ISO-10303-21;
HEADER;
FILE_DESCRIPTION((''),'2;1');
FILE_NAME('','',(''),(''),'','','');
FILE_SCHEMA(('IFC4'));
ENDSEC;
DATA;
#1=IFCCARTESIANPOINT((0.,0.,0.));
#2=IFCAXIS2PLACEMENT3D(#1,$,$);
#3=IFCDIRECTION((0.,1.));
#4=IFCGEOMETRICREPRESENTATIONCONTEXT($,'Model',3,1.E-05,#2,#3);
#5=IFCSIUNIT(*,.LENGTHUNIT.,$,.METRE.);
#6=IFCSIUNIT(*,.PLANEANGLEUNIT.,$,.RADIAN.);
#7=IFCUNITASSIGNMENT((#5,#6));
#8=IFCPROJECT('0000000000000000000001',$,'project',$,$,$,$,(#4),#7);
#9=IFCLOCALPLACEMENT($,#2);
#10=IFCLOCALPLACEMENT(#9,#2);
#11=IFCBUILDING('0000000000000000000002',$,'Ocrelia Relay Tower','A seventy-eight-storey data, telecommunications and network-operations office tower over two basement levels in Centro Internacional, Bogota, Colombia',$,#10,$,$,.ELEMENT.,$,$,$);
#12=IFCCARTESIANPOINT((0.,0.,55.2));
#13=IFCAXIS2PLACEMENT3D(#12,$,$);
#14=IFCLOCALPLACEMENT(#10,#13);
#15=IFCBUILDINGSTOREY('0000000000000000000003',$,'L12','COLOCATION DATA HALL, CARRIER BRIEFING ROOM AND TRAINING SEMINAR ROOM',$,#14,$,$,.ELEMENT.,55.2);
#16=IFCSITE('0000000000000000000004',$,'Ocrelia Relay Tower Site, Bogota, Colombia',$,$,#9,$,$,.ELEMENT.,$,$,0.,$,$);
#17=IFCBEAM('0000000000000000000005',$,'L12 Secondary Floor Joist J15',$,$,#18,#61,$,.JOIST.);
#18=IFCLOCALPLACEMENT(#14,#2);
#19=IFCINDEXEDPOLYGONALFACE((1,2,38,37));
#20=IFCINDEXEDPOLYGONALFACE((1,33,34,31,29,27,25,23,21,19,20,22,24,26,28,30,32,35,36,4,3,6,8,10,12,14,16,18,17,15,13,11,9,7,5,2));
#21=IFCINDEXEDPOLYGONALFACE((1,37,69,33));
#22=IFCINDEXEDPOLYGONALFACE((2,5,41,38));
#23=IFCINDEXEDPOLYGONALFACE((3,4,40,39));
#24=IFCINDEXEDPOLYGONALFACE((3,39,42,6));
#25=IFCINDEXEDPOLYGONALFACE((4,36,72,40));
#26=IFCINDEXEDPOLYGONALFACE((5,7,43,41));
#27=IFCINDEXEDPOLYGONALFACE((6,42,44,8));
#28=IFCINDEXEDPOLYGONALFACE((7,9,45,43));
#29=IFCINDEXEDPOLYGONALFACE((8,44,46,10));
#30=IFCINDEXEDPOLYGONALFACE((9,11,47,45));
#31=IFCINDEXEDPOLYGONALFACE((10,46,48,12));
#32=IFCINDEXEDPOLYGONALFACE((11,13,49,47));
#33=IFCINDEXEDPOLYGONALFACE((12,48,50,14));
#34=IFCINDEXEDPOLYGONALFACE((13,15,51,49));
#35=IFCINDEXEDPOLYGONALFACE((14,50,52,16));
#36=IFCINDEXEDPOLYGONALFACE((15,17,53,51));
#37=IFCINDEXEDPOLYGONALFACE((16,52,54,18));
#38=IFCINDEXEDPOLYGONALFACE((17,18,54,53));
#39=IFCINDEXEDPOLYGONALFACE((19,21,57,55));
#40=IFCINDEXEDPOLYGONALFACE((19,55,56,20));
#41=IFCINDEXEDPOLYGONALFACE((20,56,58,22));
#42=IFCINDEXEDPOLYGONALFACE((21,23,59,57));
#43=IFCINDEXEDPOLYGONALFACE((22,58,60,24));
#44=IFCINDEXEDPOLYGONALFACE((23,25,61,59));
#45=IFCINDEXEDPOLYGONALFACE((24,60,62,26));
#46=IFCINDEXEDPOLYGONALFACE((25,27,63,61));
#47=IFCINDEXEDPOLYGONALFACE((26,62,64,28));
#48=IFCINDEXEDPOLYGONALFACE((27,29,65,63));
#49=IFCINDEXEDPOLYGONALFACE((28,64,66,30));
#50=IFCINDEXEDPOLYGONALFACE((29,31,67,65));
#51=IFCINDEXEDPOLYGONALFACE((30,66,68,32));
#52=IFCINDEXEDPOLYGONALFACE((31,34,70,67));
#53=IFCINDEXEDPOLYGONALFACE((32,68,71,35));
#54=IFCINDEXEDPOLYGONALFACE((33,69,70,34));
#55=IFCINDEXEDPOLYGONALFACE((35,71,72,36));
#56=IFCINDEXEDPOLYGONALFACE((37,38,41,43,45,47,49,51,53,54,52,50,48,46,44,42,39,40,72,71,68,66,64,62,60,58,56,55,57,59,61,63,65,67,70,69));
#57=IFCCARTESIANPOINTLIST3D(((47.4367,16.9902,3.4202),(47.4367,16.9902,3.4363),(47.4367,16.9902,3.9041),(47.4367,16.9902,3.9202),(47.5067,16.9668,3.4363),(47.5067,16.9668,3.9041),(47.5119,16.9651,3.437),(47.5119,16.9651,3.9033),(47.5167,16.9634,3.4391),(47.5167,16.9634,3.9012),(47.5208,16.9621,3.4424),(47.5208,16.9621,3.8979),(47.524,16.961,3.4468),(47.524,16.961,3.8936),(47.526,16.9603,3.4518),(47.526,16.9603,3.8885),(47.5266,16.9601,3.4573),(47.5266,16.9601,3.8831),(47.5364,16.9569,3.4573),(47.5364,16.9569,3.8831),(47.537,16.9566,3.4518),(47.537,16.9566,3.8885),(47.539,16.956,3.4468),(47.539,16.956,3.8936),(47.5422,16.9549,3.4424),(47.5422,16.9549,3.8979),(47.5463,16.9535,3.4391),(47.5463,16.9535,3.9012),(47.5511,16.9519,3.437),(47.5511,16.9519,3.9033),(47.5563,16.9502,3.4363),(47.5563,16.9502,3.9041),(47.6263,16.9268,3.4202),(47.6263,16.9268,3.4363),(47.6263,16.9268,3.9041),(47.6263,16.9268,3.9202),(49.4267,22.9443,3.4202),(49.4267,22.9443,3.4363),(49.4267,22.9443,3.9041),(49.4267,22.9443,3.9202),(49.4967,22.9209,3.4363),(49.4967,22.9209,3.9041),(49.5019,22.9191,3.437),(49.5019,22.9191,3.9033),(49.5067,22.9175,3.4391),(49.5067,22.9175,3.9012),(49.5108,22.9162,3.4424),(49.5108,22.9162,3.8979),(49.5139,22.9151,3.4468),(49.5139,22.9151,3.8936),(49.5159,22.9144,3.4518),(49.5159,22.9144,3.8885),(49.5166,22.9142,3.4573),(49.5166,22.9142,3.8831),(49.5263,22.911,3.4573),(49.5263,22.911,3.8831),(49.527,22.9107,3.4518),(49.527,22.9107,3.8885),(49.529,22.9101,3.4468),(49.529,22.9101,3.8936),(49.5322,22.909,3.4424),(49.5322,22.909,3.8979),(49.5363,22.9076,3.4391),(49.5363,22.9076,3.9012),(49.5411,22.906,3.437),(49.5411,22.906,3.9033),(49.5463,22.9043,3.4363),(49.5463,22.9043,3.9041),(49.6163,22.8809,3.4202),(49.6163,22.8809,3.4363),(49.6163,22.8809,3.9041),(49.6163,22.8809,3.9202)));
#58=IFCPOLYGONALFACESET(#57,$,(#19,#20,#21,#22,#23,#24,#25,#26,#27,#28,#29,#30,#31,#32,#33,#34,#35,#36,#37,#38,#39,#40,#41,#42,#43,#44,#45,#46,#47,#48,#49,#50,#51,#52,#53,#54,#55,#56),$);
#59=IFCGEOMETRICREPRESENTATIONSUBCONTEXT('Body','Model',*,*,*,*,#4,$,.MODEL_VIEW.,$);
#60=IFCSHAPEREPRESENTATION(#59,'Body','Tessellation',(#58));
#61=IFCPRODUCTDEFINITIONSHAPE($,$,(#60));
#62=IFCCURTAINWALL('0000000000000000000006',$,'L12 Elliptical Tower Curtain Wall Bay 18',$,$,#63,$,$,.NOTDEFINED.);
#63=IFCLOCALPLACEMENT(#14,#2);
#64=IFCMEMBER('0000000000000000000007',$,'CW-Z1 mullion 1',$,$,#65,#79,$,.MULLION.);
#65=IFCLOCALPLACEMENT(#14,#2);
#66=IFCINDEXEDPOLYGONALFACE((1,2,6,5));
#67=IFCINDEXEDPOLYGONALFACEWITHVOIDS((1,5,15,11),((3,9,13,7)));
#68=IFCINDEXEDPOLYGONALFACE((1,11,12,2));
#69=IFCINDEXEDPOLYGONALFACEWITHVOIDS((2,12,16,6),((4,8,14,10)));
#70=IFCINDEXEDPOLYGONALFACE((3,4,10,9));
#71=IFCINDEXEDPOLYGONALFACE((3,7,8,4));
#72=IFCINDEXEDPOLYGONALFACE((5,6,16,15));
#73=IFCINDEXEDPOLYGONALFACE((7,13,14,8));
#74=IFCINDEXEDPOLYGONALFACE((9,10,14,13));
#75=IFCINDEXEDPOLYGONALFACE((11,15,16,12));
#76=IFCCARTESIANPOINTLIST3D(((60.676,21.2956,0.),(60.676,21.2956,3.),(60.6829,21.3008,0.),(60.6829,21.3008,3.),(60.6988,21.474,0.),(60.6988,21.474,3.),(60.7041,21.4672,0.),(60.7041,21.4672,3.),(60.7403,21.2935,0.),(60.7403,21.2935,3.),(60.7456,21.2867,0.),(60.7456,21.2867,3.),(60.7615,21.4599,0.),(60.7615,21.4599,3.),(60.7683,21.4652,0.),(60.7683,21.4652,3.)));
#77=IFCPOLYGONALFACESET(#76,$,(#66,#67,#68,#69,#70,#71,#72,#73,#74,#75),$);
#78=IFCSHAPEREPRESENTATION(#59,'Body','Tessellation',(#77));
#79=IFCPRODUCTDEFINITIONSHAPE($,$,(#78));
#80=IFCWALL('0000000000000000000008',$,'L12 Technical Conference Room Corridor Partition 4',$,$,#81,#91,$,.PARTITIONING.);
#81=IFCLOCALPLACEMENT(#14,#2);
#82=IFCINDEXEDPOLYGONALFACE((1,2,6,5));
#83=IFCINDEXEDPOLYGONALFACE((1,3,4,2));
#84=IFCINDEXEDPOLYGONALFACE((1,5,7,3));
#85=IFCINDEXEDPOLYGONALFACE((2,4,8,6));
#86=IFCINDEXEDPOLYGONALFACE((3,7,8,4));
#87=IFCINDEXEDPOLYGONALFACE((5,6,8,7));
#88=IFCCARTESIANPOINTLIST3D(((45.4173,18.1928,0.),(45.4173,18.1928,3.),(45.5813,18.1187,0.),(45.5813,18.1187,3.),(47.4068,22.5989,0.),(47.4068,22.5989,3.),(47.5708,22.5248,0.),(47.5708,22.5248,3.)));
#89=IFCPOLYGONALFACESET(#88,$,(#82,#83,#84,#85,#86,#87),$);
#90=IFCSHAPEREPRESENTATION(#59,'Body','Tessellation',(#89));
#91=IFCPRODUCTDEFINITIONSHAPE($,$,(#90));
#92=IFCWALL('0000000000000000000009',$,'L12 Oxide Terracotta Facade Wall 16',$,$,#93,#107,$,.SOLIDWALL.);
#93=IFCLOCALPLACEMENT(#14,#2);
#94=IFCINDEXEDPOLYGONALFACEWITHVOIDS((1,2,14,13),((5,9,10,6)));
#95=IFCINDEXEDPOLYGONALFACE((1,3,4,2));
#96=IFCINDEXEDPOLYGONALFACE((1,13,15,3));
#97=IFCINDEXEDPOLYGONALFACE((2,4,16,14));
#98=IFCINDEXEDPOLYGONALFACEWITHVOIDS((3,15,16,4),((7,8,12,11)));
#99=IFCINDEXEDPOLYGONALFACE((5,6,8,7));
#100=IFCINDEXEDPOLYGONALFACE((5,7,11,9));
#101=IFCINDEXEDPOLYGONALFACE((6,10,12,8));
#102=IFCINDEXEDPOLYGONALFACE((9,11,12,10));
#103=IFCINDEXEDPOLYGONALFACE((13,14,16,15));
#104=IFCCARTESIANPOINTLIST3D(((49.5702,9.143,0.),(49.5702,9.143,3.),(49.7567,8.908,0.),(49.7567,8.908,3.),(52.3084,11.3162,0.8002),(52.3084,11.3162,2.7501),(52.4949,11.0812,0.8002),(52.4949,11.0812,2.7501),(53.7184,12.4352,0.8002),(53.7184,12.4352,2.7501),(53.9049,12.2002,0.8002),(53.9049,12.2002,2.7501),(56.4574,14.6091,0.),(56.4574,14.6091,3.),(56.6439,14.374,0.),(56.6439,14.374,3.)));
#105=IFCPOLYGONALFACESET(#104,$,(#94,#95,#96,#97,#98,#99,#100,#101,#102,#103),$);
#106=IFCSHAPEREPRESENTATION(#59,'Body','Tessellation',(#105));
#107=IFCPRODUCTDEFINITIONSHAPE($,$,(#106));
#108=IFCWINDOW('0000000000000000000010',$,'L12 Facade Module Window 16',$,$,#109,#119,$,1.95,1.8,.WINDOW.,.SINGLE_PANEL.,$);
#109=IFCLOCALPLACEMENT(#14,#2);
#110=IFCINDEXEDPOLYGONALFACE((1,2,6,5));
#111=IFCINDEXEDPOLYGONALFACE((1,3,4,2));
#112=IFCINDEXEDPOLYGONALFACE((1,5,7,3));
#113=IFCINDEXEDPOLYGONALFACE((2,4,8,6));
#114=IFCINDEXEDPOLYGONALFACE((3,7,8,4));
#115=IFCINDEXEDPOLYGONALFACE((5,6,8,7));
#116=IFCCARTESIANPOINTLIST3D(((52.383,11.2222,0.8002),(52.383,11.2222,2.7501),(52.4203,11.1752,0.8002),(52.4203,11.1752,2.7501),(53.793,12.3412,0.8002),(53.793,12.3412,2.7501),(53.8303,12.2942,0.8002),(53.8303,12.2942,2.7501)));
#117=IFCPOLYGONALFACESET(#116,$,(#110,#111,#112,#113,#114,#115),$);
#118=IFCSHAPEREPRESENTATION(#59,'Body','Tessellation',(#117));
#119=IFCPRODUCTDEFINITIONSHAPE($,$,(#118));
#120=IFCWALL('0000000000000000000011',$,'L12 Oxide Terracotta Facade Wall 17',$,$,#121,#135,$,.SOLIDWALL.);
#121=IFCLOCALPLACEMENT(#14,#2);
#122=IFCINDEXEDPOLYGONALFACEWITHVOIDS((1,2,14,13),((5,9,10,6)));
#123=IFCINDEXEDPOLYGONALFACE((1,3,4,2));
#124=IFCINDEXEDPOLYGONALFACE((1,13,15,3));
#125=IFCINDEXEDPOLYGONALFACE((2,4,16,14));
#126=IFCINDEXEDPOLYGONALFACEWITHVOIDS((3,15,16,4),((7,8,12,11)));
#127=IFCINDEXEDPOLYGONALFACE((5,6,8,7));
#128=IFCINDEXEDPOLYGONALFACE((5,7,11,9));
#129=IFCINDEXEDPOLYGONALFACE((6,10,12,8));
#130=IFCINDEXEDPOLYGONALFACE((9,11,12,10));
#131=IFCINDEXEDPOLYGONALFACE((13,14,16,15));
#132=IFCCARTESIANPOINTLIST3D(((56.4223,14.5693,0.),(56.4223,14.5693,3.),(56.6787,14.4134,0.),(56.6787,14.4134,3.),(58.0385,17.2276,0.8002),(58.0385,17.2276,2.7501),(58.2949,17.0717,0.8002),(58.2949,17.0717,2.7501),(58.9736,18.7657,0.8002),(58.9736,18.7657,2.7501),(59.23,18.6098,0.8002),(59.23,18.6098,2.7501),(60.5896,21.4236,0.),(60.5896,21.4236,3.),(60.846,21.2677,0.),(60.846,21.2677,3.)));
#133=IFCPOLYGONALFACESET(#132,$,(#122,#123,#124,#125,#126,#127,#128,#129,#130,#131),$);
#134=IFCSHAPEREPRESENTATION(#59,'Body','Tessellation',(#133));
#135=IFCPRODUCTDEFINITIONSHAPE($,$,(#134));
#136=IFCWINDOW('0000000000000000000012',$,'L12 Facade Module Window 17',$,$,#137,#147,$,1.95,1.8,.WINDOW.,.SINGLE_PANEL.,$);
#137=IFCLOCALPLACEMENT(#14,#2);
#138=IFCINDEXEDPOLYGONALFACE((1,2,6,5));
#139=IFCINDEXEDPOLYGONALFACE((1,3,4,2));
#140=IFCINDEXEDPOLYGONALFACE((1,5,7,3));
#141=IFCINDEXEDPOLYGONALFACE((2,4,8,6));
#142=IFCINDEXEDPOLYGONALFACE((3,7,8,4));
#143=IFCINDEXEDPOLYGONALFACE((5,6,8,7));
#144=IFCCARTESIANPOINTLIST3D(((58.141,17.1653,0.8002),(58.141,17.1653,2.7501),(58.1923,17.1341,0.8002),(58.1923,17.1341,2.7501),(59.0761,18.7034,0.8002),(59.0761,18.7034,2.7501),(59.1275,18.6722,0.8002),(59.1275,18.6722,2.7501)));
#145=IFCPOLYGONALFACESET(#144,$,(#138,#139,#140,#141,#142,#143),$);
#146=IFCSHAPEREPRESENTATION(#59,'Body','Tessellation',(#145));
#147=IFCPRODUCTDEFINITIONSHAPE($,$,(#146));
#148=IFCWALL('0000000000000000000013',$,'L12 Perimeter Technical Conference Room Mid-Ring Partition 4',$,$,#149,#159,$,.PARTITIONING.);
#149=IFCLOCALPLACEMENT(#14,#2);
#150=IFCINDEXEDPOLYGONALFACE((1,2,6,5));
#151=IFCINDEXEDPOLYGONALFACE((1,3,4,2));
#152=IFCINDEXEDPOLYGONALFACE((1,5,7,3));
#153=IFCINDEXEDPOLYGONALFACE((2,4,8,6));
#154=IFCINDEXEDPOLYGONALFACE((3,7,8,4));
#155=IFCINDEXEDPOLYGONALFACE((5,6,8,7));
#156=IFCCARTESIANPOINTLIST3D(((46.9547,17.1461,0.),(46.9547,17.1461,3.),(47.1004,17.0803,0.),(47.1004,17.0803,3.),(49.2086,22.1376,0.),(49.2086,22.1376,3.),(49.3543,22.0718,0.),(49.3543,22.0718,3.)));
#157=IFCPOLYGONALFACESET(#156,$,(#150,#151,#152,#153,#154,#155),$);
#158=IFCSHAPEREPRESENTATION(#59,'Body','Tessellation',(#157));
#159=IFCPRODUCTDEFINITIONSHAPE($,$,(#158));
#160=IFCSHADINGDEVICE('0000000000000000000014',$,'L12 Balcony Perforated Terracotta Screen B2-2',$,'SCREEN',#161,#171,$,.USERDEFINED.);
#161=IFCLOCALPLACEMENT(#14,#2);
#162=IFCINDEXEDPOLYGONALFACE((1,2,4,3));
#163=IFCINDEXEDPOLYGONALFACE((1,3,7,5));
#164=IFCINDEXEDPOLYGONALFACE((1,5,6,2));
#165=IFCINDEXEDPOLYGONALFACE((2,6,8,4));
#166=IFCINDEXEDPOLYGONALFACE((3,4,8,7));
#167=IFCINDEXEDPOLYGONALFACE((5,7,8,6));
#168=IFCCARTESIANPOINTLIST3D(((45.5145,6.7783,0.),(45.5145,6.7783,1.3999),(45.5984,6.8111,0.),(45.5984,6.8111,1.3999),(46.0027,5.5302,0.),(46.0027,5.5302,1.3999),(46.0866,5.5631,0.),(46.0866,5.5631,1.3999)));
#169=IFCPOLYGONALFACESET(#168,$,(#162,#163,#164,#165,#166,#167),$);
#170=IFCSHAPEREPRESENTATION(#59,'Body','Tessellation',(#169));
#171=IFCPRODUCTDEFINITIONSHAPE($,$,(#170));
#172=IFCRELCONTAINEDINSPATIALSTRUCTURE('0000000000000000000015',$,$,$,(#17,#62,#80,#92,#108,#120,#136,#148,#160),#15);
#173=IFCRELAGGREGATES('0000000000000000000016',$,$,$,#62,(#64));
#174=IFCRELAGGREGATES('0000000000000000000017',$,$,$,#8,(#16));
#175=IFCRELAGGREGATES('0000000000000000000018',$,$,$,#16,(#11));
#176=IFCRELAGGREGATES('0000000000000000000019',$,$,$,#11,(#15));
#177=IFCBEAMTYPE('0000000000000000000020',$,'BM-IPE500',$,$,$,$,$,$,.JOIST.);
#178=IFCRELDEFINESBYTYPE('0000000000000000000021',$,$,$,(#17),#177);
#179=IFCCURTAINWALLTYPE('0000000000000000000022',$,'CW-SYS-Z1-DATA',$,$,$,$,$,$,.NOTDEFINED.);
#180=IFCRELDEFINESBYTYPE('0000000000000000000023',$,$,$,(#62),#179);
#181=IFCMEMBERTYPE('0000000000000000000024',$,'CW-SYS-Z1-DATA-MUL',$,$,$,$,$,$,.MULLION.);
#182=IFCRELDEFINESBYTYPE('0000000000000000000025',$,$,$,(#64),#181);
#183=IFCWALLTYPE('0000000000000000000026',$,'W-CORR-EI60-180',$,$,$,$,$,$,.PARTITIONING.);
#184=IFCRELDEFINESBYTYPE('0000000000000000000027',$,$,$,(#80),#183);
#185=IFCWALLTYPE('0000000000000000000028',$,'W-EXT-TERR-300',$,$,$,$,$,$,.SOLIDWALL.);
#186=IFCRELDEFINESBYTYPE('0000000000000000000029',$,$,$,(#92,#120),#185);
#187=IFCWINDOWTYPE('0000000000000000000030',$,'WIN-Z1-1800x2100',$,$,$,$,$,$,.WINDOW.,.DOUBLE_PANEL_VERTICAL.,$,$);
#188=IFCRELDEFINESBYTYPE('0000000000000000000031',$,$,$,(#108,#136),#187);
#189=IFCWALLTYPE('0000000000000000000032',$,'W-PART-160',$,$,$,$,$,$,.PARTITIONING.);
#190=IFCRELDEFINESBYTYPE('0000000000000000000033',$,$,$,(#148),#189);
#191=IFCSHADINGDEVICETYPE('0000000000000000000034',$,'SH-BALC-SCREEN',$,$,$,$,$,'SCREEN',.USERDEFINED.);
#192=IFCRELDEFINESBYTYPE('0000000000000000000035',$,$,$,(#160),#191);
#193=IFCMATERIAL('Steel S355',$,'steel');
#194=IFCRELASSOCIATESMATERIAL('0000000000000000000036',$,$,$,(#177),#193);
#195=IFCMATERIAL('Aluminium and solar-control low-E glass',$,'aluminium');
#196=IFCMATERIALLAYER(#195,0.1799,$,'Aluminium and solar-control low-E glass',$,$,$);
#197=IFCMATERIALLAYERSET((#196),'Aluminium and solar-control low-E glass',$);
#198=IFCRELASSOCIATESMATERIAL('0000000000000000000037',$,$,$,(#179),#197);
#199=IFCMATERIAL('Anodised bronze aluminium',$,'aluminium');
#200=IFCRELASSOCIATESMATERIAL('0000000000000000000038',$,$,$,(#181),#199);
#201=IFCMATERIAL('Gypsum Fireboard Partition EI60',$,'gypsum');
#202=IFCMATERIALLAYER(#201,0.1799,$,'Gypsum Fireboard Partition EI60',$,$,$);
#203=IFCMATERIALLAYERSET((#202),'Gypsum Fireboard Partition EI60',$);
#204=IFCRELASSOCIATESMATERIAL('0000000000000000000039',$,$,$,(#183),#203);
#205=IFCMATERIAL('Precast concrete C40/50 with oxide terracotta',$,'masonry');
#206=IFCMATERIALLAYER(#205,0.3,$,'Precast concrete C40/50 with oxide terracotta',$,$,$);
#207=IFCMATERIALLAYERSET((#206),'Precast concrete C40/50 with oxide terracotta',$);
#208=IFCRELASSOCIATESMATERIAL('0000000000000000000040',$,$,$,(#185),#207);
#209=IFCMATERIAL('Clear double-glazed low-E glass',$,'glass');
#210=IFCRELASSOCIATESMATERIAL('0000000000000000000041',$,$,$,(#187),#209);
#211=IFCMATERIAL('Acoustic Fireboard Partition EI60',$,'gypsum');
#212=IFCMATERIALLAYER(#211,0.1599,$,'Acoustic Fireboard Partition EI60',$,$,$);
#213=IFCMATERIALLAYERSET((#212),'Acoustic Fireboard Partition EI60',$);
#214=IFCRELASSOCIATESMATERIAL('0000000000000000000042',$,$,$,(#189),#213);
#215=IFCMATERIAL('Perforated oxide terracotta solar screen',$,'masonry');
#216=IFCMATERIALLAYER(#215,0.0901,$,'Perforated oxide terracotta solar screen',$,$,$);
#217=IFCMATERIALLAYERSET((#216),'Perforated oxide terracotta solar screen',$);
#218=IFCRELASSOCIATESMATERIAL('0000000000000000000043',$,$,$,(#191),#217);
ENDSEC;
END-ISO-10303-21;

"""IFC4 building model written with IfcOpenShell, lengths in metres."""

from ifc_helpers import new_model, si_unit, direction, frame, frame_2d, origin, origin_2d, place, context, subcontext, project, spatial, rectangle, hollow_rectangle, i_section, extrude, material, layer, layer_set, material_profile, profile_set, type_object, element, fill, aggregate, save


model = new_model("IFC4")

# Units and contexts
model_context = context("Model", 3, precision=1e-05, world=origin(), true_north=direction((0.0, 1.0)))
body_context = subcontext(model_context, "Body", "Model", "MODEL_VIEW")
ifc_project = project(units=[si_unit("LENGTHUNIT", "METRE"), si_unit("PLANEANGLEUNIT", "RADIAN")], contexts=[model_context])

# Site, building, storey
site_placement = place(None, origin())
site = spatial("IfcSite", under=ifc_project, at=site_placement, Name="Ocrelia Relay Tower Site, Bogota, Colombia", CompositionType="ELEMENT", RefElevation=0.0)
building_placement = place(site_placement, origin())
building = spatial("IfcBuilding", under=site, at=building_placement, Name="Ocrelia Relay Tower", Description="A seventy-eight-storey data, telecommunications and network-operations office tower over two basement levels in Centro Internacional, Bogota, Colombia", CompositionType="ELEMENT")
storey_placement = place(building_placement, frame((0.0, 0.0, 55.2)))
storey = spatial("IfcBuildingStorey", under=building, at=storey_placement, Name="L12", Description="COLOCATION DATA HALL, CARRIER BRIEFING ROOM AND TRAINING SEMINAR ROOM", CompositionType="ELEMENT", Elevation=55.2)

# Beam
ifc_material_1 = material(Name="Steel S355", Category="steel")
ifc_material_profile_1 = material_profile(ifc_material_1, i_section(OverallWidth=0.2, OverallDepth=0.5, WebThickness=0.0103, FlangeThickness=0.0161, FilletRadius=0.021, at=origin_2d()), Name="IPE 500")
ifc_profile_set_1 = profile_set([ifc_material_profile_1], Name="Steel S355")
beam_type_1 = type_object("IfcBeamType", Name="BM-IPE500", PredefinedType="JOIST", material=ifc_profile_set_1)
beam_1_placement = place(storey_placement, frame((47.5315, 16.9585, 3.6702), z_axis=(0.316986, 0.94843, 0.0), x_axis=(-0.94843, 0.316986, 0.0)))
element("IfcBeam", 1, at=beam_1_placement, inside=storey, type_object=beam_type_1, Name="L12 Secondary Floor Joist J15", PredefinedType="JOIST", context=body_context, shape_type="SweptSolid", body=[
    extrude(i_section(OverallWidth=0.2, OverallDepth=0.5, WebThickness=0.0103, FlangeThickness=0.0161, FilletRadius=0.021, at=origin_2d()), origin(), (0.0, 0.0, 1.0), 6.2778),
])

# Curtain wall, member
ifc_material_2 = material(Name="Aluminium and solar-control low-E glass", Category="aluminium")
ifc_layer_1 = layer(ifc_material_2, 0.1799, Name="Aluminium and solar-control low-E glass")
ifc_layer_set_1 = layer_set([ifc_layer_1], Name="Aluminium and solar-control low-E glass")
curtain_wall_type = type_object("IfcCurtainWallType", Name="CW-SYS-Z1-DATA", PredefinedType="NOTDEFINED", material=ifc_layer_set_1)
curtain_wall_placement = place(storey_placement, origin())
curtain_wall = element("IfcCurtainWall", 2, at=curtain_wall_placement, inside=storey, type_object=curtain_wall_type, Name="L12 Elliptical Tower Curtain Wall Bay 18", PredefinedType="NOTDEFINED")
ifc_material_3 = material(Name="Anodised bronze aluminium", Category="aluminium")
ifc_material_profile_2 = material_profile(ifc_material_3, hollow_rectangle(XDim=0.0701, YDim=0.1799, WallThickness=0.0061, at=origin_2d()), Name="CW-MUL-180x70")
ifc_profile_set_2 = profile_set([ifc_material_profile_2], Name="Anodised bronze aluminium")
member_type = type_object("IfcMemberType", Name="CW-SYS-Z1-DATA-MUL", PredefinedType="MULLION", material=ifc_profile_set_2)
member_placement = place(storey_placement, frame((60.7222, 21.3804, 0.0), z_axis=(0.0, 0.0, 1.0), x_axis=(-0.991983, 0.126374, 0.0)))
member = element("IfcMember", 3, at=member_placement, type_object=member_type, Name="CW-Z1 mullion 1", PredefinedType="MULLION", context=body_context, shape_type="SweptSolid", body=[
    extrude(hollow_rectangle(XDim=0.0701, YDim=0.1799, WallThickness=0.0061, at=origin_2d()), origin(), (0.0, 0.0, 1.0), 3.0),
])
aggregate(curtain_wall, [member])

# Wall
ifc_material_4 = material(Name="Gypsum Fireboard Partition EI60", Category="gypsum")
ifc_layer_2 = layer(ifc_material_4, 0.1799, Name="Gypsum Fireboard Partition EI60")
ifc_layer_set_2 = layer_set([ifc_layer_2], Name="Gypsum Fireboard Partition EI60")
wall_type_1 = type_object("IfcWallType", Name="W-CORR-EI60-180", PredefinedType="PARTITIONING", material=ifc_layer_set_2)
wall_1_placement = place(storey_placement, frame((45.4993, 18.1558, 0.0), z_axis=(0.0, 0.0, 1.0), x_axis=(0.411534, 0.911394, 0.0)))
element("IfcWall", 4, at=wall_1_placement, inside=storey, type_object=wall_type_1, Name="L12 Technical Conference Room Corridor Partition 4", PredefinedType="PARTITIONING", context=body_context, shape_type="SweptSolid", body=[
    extrude(rectangle(XDim=4.8345, YDim=0.1799, at=frame_2d((2.4172, 0.0))), origin(), (0.0, 0.0, 1.0), 3.0),
])

# Walls, openings, windows
ifc_material_5 = material(Name="Precast concrete C40/50 with oxide terracotta", Category="masonry")
ifc_layer_3 = layer(ifc_material_5, 0.3, Name="Precast concrete C40/50 with oxide terracotta")
ifc_layer_set_3 = layer_set([ifc_layer_3], Name="Precast concrete C40/50 with oxide terracotta")
wall_type_2 = type_object("IfcWallType", Name="W-EXT-TERR-300", PredefinedType="SOLIDWALL", material=ifc_layer_set_3)
wall_2_placement = place(storey_placement, frame((49.6633, 9.0254, 0.0), z_axis=(0.0, 0.0, 1.0), x_axis=(0.783287, 0.62166, 0.0)))
wall_2 = element("IfcWall", 5, at=wall_2_placement, inside=storey, type_object=wall_type_2, Name="L12 Oxide Terracotta Facade Wall 16", PredefinedType="SOLIDWALL", context=body_context, shape_type="SweptSolid", body=[
    extrude(rectangle(XDim=8.7927, YDim=0.3, at=frame_2d((4.3965, 0.0))), origin(), (0.0, 0.0, 1.0), 3.0),
])
opening_1_placement = place(wall_2_placement, frame((3.4961, 0.0, 0.8)))
opening_1 = element("IfcOpeningElement", 6, at=opening_1_placement, cuts=wall_2, PredefinedType="OPENING", context=body_context, shape_type="SweptSolid", body=[
    extrude(rectangle(XDim=1.8, YDim=1.95, at=frame_2d((0.8999, 0.9751))), frame((0.0, 0.1602, 0.0), z_axis=(0.0, -1.0, 0.0), x_axis=(1.0, 0.0, 0.0)), (0.0, 0.0, 1.0), 0.3201),
])
ifc_material_6 = material(Name="Clear double-glazed low-E glass", Category="glass")
window_type = type_object("IfcWindowType", Name="WIN-Z1-1800x2100", PartitioningType="DOUBLE_PANEL_VERTICAL", PredefinedType="WINDOW", material=ifc_material_6)
window_1_placement = place(opening_1_placement, origin())
window_1 = element("IfcWindow", 7, at=window_1_placement, inside=storey, type_object=window_type, Name="L12 Facade Module Window 16", OverallHeight=1.95, OverallWidth=1.8, PartitioningType="SINGLE_PANEL", PredefinedType="WINDOW", context=body_context, shape_type="SweptSolid", body=[
    extrude(rectangle(XDim=1.8, YDim=1.95, at=frame_2d((0.8999, 0.9751))), frame((0.0, 0.03, 0.0), z_axis=(0.0, -1.0, 0.0), x_axis=(1.0, 0.0, 0.0)), (0.0, 0.0, 1.0), 0.0601),
])
fill(opening_1, window_1)
wall_3_placement = place(storey_placement, frame((56.5505, 14.4915, 0.0), z_axis=(0.0, 0.0, 1.0), x_axis=(0.5195, 0.854471, 0.0)))
wall_3 = element("IfcWall", 8, at=wall_3_placement, inside=storey, type_object=wall_type_2, Name="L12 Oxide Terracotta Facade Wall 17", PredefinedType="SOLIDWALL", context=body_context, shape_type="SweptSolid", body=[
    extrude(rectangle(XDim=8.0217, YDim=0.3, at=frame_2d((4.0107, 0.0))), origin(), (0.0, 0.0, 1.0), 3.0),
])
opening_2_placement = place(wall_3_placement, frame((3.1111, 0.0, 0.8)))
opening_2 = element("IfcOpeningElement", 9, at=opening_2_placement, cuts=wall_3, PredefinedType="OPENING", context=body_context, shape_type="SweptSolid", body=[
    extrude(rectangle(XDim=1.8, YDim=1.95, at=frame_2d((0.8999, 0.9751))), frame((0.0, 0.1602, 0.0), z_axis=(0.0, -1.0, 0.0), x_axis=(1.0, 0.0, 0.0)), (0.0, 0.0, 1.0), 0.3201),
])
window_2_placement = place(opening_2_placement, origin())
window_2 = element("IfcWindow", 10, at=window_2_placement, inside=storey, type_object=window_type, Name="L12 Facade Module Window 17", OverallHeight=1.95, OverallWidth=1.8, PartitioningType="SINGLE_PANEL", PredefinedType="WINDOW", context=body_context, shape_type="SweptSolid", body=[
    extrude(rectangle(XDim=1.8, YDim=1.95, at=frame_2d((0.8999, 0.9751))), frame((0.0, 0.03, 0.0), z_axis=(0.0, -1.0, 0.0), x_axis=(1.0, 0.0, 0.0)), (0.0, 0.0, 1.0), 0.0601),
])
fill(opening_2, window_2)

# Wall
ifc_material_7 = material(Name="Acoustic Fireboard Partition EI60", Category="gypsum")
ifc_layer_4 = layer(ifc_material_7, 0.1599, Name="Acoustic Fireboard Partition EI60")
ifc_layer_set_4 = layer_set([ifc_layer_4], Name="Acoustic Fireboard Partition EI60")
wall_type_3 = type_object("IfcWallType", Name="W-PART-160", PredefinedType="PARTITIONING", material=ifc_layer_set_4)
wall_4_placement = place(storey_placement, frame((47.0276, 17.1133, 0.0), z_axis=(0.0, 0.0, 1.0), x_axis=(0.411541, 0.911391, 0.0)))
element("IfcWall", 11, at=wall_4_placement, inside=storey, type_object=wall_type_3, Name="L12 Perimeter Technical Conference Room Mid-Ring Partition 4", PredefinedType="PARTITIONING", context=body_context, shape_type="SweptSolid", body=[
    extrude(rectangle(XDim=5.4768, YDim=0.1599, at=frame_2d((2.7383, 0.0))), origin(), (0.0, 0.0, 1.0), 3.0),
])

# Shading device
ifc_material_8 = material(Name="Perforated oxide terracotta solar screen", Category="masonry")
ifc_layer_5 = layer(ifc_material_8, 0.0901, Name="Perforated oxide terracotta solar screen")
ifc_layer_set_5 = layer_set([ifc_layer_5], Name="Perforated oxide terracotta solar screen")
shading_device_type_1 = type_object("IfcShadingDeviceType", Name="SH-BALC-SCREEN", ElementType="SCREEN", PredefinedType="USERDEFINED", material=ifc_layer_set_5)
shading_device_1_placement = place(storey_placement, frame((45.8005, 6.1707, 0.0), z_axis=(0.0, 0.0, 1.0), x_axis=(0.364278, -0.93129, 0.0)))
element("IfcShadingDevice", 12, at=shading_device_1_placement, inside=storey, type_object=shading_device_type_1, Name="L12 Balcony Perforated Terracotta Screen B2-2", ObjectType="SCREEN", PredefinedType="USERDEFINED", context=body_context, shape_type="SweptSolid", body=[
    extrude(rectangle(XDim=1.3401, YDim=0.0901, at=origin_2d()), origin(), (0.0, 0.0, 1.0), 1.3999),
])

save(model, "model.ifc")
